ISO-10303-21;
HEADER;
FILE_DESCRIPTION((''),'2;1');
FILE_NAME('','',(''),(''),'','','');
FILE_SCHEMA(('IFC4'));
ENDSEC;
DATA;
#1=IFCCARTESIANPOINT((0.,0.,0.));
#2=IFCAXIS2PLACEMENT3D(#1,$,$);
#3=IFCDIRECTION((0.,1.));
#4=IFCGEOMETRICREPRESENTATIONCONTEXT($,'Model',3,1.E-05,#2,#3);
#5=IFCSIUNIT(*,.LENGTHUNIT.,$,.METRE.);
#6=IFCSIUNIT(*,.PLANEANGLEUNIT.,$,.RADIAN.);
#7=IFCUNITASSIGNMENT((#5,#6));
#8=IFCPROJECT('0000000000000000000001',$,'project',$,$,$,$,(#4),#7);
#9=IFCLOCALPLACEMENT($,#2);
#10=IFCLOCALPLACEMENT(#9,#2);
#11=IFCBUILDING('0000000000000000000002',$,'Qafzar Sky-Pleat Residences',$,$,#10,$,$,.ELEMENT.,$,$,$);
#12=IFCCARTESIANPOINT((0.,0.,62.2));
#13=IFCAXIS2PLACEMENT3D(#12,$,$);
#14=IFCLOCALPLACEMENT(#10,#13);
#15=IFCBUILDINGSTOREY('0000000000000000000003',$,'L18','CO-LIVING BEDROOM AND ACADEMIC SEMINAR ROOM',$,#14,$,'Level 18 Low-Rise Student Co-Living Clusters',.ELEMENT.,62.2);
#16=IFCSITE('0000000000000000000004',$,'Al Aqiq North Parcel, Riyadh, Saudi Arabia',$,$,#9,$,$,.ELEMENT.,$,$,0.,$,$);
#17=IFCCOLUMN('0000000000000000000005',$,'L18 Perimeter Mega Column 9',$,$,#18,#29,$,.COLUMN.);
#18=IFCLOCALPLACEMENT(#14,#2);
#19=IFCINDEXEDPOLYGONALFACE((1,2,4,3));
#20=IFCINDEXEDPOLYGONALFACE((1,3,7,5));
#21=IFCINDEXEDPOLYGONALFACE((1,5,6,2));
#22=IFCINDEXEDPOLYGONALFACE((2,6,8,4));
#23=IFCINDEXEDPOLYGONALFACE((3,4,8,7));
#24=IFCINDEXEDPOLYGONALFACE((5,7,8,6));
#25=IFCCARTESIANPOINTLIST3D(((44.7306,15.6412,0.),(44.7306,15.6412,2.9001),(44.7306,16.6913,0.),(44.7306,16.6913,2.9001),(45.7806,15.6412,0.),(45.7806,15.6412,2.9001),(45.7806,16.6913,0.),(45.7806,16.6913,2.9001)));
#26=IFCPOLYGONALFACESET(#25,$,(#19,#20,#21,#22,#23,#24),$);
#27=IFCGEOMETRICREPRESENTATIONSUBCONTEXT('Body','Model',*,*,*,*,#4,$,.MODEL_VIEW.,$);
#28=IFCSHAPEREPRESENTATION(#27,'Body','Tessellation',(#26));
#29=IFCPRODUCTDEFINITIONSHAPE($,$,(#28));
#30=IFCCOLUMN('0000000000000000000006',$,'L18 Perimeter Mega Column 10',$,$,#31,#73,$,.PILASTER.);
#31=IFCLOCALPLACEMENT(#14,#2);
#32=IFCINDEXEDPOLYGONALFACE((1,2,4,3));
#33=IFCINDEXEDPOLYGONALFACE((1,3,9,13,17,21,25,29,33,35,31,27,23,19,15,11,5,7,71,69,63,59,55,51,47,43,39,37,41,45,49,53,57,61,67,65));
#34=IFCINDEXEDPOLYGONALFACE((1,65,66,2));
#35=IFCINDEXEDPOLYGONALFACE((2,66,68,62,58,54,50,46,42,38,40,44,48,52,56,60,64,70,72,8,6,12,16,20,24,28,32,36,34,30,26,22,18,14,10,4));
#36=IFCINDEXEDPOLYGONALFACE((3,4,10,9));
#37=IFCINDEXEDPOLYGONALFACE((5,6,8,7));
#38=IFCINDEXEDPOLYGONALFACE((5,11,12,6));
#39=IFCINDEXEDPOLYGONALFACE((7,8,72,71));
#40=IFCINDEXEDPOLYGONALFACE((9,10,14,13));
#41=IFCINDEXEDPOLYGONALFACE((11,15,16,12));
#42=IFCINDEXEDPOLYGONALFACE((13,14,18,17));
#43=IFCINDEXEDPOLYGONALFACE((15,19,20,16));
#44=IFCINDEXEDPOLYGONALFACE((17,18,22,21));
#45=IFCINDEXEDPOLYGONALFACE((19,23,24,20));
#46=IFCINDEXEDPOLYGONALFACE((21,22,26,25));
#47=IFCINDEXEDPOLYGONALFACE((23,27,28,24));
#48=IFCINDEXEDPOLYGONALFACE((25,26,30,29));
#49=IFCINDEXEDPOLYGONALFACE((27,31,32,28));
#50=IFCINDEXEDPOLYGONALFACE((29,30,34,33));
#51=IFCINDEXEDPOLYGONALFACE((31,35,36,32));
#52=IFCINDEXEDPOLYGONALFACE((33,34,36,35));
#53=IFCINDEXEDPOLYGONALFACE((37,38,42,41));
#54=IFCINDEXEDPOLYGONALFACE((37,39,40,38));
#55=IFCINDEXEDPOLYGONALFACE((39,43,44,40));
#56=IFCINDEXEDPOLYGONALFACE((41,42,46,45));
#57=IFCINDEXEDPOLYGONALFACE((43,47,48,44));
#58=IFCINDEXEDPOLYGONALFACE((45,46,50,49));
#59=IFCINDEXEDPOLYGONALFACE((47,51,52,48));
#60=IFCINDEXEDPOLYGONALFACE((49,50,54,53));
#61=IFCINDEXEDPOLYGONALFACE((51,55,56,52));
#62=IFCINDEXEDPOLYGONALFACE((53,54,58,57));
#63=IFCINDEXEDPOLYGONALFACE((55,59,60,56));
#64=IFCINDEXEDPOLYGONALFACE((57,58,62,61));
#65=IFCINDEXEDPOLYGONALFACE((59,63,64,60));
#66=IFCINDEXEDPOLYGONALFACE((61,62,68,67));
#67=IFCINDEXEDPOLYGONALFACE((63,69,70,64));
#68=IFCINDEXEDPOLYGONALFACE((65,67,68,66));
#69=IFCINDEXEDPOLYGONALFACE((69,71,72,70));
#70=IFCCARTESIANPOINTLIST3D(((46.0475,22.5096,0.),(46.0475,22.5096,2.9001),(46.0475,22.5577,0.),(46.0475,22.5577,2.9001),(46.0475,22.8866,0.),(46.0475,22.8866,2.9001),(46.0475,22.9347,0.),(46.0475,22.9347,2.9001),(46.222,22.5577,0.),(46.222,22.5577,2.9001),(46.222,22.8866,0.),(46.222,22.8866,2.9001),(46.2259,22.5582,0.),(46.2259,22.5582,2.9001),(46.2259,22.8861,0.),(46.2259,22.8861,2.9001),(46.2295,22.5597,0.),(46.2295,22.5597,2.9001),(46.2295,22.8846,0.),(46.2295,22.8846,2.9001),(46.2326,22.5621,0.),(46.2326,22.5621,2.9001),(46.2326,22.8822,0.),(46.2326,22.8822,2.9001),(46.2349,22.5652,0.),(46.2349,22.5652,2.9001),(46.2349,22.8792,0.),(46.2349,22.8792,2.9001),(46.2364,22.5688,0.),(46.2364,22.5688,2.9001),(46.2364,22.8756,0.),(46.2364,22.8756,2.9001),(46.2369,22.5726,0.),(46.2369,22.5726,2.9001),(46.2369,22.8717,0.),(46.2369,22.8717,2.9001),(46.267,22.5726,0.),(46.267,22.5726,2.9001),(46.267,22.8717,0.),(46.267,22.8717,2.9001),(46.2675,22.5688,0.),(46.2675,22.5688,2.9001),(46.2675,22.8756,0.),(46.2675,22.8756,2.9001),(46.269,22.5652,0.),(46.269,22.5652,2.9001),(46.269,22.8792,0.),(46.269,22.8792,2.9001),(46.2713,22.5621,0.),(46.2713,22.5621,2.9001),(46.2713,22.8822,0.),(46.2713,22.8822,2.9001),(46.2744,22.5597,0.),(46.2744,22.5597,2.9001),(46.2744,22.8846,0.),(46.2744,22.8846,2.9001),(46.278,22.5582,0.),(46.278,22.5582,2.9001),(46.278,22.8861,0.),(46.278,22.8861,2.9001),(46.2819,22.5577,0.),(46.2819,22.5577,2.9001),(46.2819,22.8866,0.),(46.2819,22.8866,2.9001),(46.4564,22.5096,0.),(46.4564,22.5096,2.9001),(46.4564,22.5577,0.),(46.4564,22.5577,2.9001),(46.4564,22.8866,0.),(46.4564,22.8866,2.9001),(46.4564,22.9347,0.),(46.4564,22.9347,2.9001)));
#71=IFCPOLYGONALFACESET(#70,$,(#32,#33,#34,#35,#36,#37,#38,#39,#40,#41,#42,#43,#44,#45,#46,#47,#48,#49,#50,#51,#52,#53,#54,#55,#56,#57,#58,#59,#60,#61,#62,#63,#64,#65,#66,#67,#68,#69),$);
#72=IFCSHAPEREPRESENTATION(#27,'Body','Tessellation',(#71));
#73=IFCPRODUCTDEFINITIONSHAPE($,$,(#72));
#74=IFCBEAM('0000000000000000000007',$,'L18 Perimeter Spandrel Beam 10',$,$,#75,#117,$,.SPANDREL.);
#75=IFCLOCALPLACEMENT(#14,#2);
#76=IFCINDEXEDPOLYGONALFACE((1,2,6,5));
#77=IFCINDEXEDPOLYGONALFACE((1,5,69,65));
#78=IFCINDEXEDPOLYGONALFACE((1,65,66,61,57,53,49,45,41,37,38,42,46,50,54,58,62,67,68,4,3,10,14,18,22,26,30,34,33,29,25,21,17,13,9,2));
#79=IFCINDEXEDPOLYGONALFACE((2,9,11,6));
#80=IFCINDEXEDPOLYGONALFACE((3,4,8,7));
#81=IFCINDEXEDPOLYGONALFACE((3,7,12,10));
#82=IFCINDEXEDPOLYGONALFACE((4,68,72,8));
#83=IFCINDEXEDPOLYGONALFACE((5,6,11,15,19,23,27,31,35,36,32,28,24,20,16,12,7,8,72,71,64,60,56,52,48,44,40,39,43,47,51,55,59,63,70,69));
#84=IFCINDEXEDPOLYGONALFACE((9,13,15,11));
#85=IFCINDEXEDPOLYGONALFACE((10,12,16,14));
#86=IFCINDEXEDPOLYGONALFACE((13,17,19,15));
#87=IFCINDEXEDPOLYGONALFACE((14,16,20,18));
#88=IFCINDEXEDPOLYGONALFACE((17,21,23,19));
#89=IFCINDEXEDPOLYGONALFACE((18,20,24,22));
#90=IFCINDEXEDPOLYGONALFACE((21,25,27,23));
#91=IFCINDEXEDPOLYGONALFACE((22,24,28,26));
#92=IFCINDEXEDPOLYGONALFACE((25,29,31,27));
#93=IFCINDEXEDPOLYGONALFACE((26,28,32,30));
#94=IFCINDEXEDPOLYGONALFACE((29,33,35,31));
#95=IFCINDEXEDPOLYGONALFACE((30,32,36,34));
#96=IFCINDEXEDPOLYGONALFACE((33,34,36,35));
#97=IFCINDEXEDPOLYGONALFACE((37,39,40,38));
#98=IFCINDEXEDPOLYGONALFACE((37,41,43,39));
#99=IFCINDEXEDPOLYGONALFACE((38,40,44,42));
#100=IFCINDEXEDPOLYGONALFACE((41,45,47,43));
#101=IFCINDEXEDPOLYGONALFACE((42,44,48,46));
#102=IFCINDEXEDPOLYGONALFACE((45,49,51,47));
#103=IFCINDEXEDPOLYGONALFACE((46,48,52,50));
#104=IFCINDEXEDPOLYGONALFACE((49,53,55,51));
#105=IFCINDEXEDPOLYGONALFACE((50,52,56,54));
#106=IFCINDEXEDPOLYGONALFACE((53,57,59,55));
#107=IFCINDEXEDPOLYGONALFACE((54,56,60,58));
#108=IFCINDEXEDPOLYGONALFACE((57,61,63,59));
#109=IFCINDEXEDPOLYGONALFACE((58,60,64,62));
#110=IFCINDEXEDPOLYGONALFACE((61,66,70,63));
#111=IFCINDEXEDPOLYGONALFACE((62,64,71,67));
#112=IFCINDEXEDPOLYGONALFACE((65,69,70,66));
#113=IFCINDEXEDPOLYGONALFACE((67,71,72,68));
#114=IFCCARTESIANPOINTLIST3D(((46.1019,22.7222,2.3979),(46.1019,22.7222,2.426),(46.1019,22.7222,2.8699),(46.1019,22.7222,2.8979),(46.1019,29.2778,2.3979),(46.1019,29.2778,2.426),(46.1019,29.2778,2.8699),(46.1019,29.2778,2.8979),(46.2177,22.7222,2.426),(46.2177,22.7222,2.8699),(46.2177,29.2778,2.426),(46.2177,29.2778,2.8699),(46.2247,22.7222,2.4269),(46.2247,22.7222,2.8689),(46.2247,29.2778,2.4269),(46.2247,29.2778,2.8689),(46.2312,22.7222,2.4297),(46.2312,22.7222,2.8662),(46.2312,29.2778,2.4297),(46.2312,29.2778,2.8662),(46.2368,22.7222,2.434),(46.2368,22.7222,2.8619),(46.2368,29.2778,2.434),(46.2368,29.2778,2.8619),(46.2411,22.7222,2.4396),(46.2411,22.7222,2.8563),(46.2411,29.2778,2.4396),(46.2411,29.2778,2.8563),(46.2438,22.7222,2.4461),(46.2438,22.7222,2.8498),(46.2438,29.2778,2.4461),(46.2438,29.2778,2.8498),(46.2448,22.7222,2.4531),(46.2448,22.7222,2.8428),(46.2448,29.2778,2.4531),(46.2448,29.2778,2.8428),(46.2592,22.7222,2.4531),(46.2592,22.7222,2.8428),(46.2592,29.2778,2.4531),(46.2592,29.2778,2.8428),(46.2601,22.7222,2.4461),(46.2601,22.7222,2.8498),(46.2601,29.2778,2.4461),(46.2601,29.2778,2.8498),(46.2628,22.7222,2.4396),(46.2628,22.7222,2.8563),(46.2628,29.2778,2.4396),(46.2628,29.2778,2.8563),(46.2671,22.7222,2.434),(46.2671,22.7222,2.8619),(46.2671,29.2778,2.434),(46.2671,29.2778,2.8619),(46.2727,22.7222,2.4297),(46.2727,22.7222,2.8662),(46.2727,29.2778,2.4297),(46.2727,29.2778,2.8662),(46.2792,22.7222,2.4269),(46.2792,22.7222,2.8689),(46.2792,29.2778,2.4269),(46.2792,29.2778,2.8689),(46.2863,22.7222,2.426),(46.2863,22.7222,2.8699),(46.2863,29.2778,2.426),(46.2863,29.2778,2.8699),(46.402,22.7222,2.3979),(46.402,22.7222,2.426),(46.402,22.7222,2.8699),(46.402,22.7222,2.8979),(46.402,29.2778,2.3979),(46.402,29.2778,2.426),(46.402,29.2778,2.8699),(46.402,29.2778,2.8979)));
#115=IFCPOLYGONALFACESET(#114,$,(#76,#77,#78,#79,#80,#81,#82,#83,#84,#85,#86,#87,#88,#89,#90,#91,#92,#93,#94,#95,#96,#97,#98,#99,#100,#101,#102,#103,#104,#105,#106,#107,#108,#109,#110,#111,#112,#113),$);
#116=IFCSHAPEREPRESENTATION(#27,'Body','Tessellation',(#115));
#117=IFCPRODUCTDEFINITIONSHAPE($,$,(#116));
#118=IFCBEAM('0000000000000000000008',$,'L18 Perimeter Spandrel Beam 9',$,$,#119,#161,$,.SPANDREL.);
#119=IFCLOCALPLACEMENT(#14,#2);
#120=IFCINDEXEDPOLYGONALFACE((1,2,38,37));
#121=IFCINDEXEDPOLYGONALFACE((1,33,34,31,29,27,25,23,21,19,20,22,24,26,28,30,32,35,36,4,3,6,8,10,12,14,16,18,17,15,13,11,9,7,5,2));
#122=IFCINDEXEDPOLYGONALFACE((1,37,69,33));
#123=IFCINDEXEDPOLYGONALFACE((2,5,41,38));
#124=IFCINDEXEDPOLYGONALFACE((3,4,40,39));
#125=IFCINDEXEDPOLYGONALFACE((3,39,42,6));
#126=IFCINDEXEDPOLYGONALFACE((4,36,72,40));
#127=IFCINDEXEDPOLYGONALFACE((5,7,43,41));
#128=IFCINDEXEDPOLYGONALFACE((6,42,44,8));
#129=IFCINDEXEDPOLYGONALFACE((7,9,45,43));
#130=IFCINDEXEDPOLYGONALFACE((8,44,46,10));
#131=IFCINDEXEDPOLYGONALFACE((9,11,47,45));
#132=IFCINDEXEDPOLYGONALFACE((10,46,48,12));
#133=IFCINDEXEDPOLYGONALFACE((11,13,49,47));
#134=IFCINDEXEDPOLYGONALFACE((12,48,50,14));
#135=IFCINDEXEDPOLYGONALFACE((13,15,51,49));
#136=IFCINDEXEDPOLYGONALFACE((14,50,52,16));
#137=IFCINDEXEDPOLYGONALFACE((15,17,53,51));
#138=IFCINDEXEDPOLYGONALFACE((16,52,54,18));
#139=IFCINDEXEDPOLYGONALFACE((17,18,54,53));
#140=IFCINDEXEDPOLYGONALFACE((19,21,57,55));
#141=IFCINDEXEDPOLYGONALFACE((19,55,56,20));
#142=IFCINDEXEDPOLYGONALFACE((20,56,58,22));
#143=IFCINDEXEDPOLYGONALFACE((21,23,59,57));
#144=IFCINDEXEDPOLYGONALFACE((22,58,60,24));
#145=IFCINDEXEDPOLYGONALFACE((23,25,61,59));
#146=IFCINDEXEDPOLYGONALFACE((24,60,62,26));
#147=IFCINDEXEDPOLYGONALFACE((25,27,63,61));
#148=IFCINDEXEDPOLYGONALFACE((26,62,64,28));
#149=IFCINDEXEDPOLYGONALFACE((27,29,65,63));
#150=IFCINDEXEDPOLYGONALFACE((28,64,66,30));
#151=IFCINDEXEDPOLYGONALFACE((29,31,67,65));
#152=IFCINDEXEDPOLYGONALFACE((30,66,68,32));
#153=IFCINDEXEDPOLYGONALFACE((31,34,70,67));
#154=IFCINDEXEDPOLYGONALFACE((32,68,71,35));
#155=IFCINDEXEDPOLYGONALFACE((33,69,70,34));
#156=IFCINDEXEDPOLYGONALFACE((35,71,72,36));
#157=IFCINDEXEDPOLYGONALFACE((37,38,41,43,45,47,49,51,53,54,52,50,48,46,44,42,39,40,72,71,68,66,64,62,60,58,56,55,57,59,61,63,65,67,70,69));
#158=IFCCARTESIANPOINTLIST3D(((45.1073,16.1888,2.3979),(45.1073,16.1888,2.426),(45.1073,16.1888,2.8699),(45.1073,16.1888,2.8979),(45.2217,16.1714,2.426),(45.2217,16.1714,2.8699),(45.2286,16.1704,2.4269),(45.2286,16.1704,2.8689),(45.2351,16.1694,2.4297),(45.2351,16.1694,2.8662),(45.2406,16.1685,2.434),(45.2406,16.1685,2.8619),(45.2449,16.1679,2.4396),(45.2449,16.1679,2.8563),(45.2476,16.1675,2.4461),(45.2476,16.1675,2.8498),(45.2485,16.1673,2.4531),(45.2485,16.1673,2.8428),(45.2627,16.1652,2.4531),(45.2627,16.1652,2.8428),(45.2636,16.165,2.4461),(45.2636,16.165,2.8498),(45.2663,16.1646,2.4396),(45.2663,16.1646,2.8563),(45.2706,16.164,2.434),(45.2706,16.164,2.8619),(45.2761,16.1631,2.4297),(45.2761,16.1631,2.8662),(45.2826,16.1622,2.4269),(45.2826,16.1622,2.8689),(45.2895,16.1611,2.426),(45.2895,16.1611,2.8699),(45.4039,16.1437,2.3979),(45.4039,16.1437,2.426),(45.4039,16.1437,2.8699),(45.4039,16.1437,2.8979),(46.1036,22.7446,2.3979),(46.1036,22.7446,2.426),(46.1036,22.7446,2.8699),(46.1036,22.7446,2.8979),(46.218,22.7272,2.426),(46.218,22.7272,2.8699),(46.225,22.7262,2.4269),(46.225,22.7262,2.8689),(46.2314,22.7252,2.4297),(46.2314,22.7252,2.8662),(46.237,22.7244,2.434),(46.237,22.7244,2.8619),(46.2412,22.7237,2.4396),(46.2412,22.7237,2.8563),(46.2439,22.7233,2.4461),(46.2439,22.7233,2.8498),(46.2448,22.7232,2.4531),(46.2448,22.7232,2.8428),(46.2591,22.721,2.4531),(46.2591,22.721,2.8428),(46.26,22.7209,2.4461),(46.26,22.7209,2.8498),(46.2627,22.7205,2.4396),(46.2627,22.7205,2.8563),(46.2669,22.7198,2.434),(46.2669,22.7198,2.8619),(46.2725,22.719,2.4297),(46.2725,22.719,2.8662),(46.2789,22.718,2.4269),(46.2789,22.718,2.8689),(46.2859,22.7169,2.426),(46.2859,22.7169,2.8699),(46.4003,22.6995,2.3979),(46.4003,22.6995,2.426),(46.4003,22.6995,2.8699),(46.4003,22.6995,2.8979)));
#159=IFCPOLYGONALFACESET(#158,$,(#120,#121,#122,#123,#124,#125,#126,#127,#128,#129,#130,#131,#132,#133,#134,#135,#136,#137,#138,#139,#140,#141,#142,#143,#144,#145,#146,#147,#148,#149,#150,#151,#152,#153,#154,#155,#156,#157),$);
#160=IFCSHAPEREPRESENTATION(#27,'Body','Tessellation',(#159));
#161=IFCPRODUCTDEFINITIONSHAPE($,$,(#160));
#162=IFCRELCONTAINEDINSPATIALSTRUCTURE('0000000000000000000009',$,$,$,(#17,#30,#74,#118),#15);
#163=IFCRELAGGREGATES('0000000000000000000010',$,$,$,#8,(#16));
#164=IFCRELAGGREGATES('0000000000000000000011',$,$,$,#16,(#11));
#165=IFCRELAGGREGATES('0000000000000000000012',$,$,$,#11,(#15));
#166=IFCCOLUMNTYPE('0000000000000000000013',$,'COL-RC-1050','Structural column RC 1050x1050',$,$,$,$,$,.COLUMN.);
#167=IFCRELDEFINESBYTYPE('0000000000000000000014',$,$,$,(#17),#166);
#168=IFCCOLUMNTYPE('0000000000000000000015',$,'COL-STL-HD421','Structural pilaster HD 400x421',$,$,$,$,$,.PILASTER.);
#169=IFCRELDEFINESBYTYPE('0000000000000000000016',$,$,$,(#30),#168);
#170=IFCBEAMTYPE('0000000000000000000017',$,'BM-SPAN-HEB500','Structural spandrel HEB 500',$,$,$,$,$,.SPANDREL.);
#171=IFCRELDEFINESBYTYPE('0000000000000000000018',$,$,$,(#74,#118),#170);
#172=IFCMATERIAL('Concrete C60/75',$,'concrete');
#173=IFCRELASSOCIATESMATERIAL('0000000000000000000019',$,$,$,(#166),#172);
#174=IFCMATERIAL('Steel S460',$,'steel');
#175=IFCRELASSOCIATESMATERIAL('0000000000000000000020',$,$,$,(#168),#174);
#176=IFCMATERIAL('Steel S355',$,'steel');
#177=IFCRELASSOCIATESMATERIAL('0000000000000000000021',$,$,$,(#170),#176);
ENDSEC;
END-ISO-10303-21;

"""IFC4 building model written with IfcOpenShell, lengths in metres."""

from ifc_helpers import new_model, si_unit, direction, frame, origin, origin_2d, place, context, subcontext, project, spatial, rectangle, i_section, extrude, source, transform, mapped, material, material_profile, profile_set, type_object, element, save


model = new_model("IFC4")

# Units and contexts
model_context = context("Model", 3, precision=1e-05, world=origin(), true_north=direction((0.0, 1.0)))
body_context = subcontext(model_context, "Body", "Model", "MODEL_VIEW")
ifc_project = project(units=[si_unit("LENGTHUNIT", "METRE"), si_unit("PLANEANGLEUNIT", "RADIAN")], contexts=[model_context])

# Site, building, storey
site_placement = place(None, origin())
site = spatial("IfcSite", under=ifc_project, at=site_placement, Name="Al Aqiq North Parcel, Riyadh, Saudi Arabia", CompositionType="ELEMENT", RefElevation=0.0)
building_placement = place(site_placement, origin())
building = spatial("IfcBuilding", under=site, at=building_placement, Name="Qafzar Sky-Pleat Residences", CompositionType="ELEMENT")
storey_placement = place(building_placement, frame((0.0, 0.0, 62.2)))
storey = spatial("IfcBuildingStorey", under=building, at=storey_placement, Name="L18", Description="CO-LIVING BEDROOM AND ACADEMIC SEMINAR ROOM", LongName="Level 18 Low-Rise Student Co-Living Clusters", CompositionType="ELEMENT", Elevation=62.2)

# Columns
ifc_material_1 = material(Name="Concrete C60/75", Category="concrete")
ifc_material_profile_1 = material_profile(ifc_material_1, rectangle(XDim=1.05, YDim=1.05, at=origin_2d()), Name="RC 1050x1050")
ifc_profile_set_1 = profile_set([ifc_material_profile_1], Name="Concrete C60/75")
column_type_1 = type_object("IfcColumnType", Name="COL-RC-1050", Description="Structural column RC 1050x1050", PredefinedType="COLUMN", material=ifc_profile_set_1)
shared_shape_1 = source(origin(), body_context, "Body", "SweptSolid", [
    extrude(rectangle(XDim=1.05, YDim=1.05, at=origin_2d()), origin(), (0.0, 0.0, 1.0), 2.9001),
])
column_1_placement = place(storey_placement, frame((45.2556, 16.1663, 0.0), z_axis=(0.0, 0.0, 1.0), x_axis=(1.0, 0.0, 0.0)))
element("IfcColumn", 1, at=column_1_placement, inside=storey, type_object=column_type_1, Name="L18 Perimeter Mega Column 9", PredefinedType="COLUMN", context=body_context, shape_type="MappedRepresentation", body=[
    mapped(shared_shape_1, transform((0.0, 0.0, 0.0), x_axis=(1.0, 0.0, 0.0), y_axis=(0.0, 1.0, 0.0), z_axis=(0.0, 0.0, 1.0), scale=1.0)),
])
ifc_material_2 = material(Name="Steel S460", Category="steel")
ifc_material_profile_2 = material_profile(ifc_material_2, i_section(OverallWidth=0.4089, OverallDepth=0.425, WebThickness=0.03, FlangeThickness=0.0481, FilletRadius=0.0149, at=origin_2d()), Name="HD 400x421")
ifc_profile_set_2 = profile_set([ifc_material_profile_2], Name="Steel S460")
column_type_2 = type_object("IfcColumnType", Name="COL-STL-HD421", Description="Structural pilaster HD 400x421", PredefinedType="PILASTER", material=ifc_profile_set_2)
shared_shape_2 = source(origin(), body_context, "Body", "SweptSolid", [
    extrude(i_section(OverallWidth=0.4089, OverallDepth=0.425, WebThickness=0.03, FlangeThickness=0.0481, FilletRadius=0.0149, at=origin_2d()), origin(), (0.0, 0.0, 1.0), 2.9001),
])
column_2_placement = place(storey_placement, frame((46.252, 22.7222, 0.0), z_axis=(0.0, 0.0, 1.0), x_axis=(1.0, 0.0, 0.0)))
element("IfcColumn", 2, at=column_2_placement, inside=storey, type_object=column_type_2, Name="L18 Perimeter Mega Column 10", PredefinedType="PILASTER", context=body_context, shape_type="MappedRepresentation", body=[
    mapped(shared_shape_2, transform((0.0, 0.0, 0.0), x_axis=(1.0, 0.0, 0.0), y_axis=(0.0, 1.0, 0.0), z_axis=(0.0, 0.0, 1.0), scale=1.0)),
])

# Beams
ifc_material_3 = material(Name="Steel S355", Category="steel")
ifc_material_profile_3 = material_profile(ifc_material_3, i_section(OverallWidth=0.3, OverallDepth=0.5, WebThickness=0.0144, FlangeThickness=0.0281, FilletRadius=0.0271, at=origin_2d()), Name="HEB 500")
ifc_profile_set_3 = profile_set([ifc_material_profile_3], Name="Steel S355")
beam_type_1 = type_object("IfcBeamType", Name="BM-SPAN-HEB500", Description="Structural spandrel HEB 500", PredefinedType="SPANDREL", material=ifc_profile_set_3)
shared_shape_3 = source(origin(), body_context, "Body", "SweptSolid", [
    extrude(i_section(OverallWidth=0.3, OverallDepth=0.5, WebThickness=0.0144, FlangeThickness=0.0281, FilletRadius=0.0271, at=origin_2d()), origin(), (0.0, 0.0, 1.0), 6.5557),
])
beam_1_placement = place(storey_placement, frame((46.252, 22.7222, 2.6479), z_axis=(0.0, 1.0, 0.0), x_axis=(-1.0, 0.0, 0.0)))
element("IfcBeam", 3, at=beam_1_placement, inside=storey, type_object=beam_type_1, Name="L18 Perimeter Spandrel Beam 10", PredefinedType="SPANDREL", context=body_context, shape_type="MappedRepresentation", body=[
    mapped(shared_shape_3, transform((0.0, 0.0, 0.0), x_axis=(1.0, 0.0, 0.0), y_axis=(0.0, 1.0, 0.0), z_axis=(0.0, 0.0, 1.0), scale=1.0)),
])
shared_shape_4 = source(origin(), body_context, "Body", "SweptSolid", [
    extrude(i_section(OverallWidth=0.3, OverallDepth=0.5, WebThickness=0.0144, FlangeThickness=0.0281, FilletRadius=0.0271, at=origin_2d()), origin(), (0.0, 0.0, 1.0), 6.6311),
])
beam_2_placement = place(storey_placement, frame((45.2556, 16.1663, 2.6479), z_axis=(0.15025, 0.988648, 0.0), x_axis=(-0.988648, 0.15025, 0.0)))
element("IfcBeam", 4, at=beam_2_placement, inside=storey, type_object=beam_type_1, Name="L18 Perimeter Spandrel Beam 9", PredefinedType="SPANDREL", context=body_context, shape_type="MappedRepresentation", body=[
    mapped(shared_shape_4, transform((0.0, 0.0, 0.0), x_axis=(1.0, 0.0, 0.0), y_axis=(0.0, 1.0, 0.0), z_axis=(0.0, 0.0, 1.0), scale=1.0)),
])

save(model, "model.ifc")
